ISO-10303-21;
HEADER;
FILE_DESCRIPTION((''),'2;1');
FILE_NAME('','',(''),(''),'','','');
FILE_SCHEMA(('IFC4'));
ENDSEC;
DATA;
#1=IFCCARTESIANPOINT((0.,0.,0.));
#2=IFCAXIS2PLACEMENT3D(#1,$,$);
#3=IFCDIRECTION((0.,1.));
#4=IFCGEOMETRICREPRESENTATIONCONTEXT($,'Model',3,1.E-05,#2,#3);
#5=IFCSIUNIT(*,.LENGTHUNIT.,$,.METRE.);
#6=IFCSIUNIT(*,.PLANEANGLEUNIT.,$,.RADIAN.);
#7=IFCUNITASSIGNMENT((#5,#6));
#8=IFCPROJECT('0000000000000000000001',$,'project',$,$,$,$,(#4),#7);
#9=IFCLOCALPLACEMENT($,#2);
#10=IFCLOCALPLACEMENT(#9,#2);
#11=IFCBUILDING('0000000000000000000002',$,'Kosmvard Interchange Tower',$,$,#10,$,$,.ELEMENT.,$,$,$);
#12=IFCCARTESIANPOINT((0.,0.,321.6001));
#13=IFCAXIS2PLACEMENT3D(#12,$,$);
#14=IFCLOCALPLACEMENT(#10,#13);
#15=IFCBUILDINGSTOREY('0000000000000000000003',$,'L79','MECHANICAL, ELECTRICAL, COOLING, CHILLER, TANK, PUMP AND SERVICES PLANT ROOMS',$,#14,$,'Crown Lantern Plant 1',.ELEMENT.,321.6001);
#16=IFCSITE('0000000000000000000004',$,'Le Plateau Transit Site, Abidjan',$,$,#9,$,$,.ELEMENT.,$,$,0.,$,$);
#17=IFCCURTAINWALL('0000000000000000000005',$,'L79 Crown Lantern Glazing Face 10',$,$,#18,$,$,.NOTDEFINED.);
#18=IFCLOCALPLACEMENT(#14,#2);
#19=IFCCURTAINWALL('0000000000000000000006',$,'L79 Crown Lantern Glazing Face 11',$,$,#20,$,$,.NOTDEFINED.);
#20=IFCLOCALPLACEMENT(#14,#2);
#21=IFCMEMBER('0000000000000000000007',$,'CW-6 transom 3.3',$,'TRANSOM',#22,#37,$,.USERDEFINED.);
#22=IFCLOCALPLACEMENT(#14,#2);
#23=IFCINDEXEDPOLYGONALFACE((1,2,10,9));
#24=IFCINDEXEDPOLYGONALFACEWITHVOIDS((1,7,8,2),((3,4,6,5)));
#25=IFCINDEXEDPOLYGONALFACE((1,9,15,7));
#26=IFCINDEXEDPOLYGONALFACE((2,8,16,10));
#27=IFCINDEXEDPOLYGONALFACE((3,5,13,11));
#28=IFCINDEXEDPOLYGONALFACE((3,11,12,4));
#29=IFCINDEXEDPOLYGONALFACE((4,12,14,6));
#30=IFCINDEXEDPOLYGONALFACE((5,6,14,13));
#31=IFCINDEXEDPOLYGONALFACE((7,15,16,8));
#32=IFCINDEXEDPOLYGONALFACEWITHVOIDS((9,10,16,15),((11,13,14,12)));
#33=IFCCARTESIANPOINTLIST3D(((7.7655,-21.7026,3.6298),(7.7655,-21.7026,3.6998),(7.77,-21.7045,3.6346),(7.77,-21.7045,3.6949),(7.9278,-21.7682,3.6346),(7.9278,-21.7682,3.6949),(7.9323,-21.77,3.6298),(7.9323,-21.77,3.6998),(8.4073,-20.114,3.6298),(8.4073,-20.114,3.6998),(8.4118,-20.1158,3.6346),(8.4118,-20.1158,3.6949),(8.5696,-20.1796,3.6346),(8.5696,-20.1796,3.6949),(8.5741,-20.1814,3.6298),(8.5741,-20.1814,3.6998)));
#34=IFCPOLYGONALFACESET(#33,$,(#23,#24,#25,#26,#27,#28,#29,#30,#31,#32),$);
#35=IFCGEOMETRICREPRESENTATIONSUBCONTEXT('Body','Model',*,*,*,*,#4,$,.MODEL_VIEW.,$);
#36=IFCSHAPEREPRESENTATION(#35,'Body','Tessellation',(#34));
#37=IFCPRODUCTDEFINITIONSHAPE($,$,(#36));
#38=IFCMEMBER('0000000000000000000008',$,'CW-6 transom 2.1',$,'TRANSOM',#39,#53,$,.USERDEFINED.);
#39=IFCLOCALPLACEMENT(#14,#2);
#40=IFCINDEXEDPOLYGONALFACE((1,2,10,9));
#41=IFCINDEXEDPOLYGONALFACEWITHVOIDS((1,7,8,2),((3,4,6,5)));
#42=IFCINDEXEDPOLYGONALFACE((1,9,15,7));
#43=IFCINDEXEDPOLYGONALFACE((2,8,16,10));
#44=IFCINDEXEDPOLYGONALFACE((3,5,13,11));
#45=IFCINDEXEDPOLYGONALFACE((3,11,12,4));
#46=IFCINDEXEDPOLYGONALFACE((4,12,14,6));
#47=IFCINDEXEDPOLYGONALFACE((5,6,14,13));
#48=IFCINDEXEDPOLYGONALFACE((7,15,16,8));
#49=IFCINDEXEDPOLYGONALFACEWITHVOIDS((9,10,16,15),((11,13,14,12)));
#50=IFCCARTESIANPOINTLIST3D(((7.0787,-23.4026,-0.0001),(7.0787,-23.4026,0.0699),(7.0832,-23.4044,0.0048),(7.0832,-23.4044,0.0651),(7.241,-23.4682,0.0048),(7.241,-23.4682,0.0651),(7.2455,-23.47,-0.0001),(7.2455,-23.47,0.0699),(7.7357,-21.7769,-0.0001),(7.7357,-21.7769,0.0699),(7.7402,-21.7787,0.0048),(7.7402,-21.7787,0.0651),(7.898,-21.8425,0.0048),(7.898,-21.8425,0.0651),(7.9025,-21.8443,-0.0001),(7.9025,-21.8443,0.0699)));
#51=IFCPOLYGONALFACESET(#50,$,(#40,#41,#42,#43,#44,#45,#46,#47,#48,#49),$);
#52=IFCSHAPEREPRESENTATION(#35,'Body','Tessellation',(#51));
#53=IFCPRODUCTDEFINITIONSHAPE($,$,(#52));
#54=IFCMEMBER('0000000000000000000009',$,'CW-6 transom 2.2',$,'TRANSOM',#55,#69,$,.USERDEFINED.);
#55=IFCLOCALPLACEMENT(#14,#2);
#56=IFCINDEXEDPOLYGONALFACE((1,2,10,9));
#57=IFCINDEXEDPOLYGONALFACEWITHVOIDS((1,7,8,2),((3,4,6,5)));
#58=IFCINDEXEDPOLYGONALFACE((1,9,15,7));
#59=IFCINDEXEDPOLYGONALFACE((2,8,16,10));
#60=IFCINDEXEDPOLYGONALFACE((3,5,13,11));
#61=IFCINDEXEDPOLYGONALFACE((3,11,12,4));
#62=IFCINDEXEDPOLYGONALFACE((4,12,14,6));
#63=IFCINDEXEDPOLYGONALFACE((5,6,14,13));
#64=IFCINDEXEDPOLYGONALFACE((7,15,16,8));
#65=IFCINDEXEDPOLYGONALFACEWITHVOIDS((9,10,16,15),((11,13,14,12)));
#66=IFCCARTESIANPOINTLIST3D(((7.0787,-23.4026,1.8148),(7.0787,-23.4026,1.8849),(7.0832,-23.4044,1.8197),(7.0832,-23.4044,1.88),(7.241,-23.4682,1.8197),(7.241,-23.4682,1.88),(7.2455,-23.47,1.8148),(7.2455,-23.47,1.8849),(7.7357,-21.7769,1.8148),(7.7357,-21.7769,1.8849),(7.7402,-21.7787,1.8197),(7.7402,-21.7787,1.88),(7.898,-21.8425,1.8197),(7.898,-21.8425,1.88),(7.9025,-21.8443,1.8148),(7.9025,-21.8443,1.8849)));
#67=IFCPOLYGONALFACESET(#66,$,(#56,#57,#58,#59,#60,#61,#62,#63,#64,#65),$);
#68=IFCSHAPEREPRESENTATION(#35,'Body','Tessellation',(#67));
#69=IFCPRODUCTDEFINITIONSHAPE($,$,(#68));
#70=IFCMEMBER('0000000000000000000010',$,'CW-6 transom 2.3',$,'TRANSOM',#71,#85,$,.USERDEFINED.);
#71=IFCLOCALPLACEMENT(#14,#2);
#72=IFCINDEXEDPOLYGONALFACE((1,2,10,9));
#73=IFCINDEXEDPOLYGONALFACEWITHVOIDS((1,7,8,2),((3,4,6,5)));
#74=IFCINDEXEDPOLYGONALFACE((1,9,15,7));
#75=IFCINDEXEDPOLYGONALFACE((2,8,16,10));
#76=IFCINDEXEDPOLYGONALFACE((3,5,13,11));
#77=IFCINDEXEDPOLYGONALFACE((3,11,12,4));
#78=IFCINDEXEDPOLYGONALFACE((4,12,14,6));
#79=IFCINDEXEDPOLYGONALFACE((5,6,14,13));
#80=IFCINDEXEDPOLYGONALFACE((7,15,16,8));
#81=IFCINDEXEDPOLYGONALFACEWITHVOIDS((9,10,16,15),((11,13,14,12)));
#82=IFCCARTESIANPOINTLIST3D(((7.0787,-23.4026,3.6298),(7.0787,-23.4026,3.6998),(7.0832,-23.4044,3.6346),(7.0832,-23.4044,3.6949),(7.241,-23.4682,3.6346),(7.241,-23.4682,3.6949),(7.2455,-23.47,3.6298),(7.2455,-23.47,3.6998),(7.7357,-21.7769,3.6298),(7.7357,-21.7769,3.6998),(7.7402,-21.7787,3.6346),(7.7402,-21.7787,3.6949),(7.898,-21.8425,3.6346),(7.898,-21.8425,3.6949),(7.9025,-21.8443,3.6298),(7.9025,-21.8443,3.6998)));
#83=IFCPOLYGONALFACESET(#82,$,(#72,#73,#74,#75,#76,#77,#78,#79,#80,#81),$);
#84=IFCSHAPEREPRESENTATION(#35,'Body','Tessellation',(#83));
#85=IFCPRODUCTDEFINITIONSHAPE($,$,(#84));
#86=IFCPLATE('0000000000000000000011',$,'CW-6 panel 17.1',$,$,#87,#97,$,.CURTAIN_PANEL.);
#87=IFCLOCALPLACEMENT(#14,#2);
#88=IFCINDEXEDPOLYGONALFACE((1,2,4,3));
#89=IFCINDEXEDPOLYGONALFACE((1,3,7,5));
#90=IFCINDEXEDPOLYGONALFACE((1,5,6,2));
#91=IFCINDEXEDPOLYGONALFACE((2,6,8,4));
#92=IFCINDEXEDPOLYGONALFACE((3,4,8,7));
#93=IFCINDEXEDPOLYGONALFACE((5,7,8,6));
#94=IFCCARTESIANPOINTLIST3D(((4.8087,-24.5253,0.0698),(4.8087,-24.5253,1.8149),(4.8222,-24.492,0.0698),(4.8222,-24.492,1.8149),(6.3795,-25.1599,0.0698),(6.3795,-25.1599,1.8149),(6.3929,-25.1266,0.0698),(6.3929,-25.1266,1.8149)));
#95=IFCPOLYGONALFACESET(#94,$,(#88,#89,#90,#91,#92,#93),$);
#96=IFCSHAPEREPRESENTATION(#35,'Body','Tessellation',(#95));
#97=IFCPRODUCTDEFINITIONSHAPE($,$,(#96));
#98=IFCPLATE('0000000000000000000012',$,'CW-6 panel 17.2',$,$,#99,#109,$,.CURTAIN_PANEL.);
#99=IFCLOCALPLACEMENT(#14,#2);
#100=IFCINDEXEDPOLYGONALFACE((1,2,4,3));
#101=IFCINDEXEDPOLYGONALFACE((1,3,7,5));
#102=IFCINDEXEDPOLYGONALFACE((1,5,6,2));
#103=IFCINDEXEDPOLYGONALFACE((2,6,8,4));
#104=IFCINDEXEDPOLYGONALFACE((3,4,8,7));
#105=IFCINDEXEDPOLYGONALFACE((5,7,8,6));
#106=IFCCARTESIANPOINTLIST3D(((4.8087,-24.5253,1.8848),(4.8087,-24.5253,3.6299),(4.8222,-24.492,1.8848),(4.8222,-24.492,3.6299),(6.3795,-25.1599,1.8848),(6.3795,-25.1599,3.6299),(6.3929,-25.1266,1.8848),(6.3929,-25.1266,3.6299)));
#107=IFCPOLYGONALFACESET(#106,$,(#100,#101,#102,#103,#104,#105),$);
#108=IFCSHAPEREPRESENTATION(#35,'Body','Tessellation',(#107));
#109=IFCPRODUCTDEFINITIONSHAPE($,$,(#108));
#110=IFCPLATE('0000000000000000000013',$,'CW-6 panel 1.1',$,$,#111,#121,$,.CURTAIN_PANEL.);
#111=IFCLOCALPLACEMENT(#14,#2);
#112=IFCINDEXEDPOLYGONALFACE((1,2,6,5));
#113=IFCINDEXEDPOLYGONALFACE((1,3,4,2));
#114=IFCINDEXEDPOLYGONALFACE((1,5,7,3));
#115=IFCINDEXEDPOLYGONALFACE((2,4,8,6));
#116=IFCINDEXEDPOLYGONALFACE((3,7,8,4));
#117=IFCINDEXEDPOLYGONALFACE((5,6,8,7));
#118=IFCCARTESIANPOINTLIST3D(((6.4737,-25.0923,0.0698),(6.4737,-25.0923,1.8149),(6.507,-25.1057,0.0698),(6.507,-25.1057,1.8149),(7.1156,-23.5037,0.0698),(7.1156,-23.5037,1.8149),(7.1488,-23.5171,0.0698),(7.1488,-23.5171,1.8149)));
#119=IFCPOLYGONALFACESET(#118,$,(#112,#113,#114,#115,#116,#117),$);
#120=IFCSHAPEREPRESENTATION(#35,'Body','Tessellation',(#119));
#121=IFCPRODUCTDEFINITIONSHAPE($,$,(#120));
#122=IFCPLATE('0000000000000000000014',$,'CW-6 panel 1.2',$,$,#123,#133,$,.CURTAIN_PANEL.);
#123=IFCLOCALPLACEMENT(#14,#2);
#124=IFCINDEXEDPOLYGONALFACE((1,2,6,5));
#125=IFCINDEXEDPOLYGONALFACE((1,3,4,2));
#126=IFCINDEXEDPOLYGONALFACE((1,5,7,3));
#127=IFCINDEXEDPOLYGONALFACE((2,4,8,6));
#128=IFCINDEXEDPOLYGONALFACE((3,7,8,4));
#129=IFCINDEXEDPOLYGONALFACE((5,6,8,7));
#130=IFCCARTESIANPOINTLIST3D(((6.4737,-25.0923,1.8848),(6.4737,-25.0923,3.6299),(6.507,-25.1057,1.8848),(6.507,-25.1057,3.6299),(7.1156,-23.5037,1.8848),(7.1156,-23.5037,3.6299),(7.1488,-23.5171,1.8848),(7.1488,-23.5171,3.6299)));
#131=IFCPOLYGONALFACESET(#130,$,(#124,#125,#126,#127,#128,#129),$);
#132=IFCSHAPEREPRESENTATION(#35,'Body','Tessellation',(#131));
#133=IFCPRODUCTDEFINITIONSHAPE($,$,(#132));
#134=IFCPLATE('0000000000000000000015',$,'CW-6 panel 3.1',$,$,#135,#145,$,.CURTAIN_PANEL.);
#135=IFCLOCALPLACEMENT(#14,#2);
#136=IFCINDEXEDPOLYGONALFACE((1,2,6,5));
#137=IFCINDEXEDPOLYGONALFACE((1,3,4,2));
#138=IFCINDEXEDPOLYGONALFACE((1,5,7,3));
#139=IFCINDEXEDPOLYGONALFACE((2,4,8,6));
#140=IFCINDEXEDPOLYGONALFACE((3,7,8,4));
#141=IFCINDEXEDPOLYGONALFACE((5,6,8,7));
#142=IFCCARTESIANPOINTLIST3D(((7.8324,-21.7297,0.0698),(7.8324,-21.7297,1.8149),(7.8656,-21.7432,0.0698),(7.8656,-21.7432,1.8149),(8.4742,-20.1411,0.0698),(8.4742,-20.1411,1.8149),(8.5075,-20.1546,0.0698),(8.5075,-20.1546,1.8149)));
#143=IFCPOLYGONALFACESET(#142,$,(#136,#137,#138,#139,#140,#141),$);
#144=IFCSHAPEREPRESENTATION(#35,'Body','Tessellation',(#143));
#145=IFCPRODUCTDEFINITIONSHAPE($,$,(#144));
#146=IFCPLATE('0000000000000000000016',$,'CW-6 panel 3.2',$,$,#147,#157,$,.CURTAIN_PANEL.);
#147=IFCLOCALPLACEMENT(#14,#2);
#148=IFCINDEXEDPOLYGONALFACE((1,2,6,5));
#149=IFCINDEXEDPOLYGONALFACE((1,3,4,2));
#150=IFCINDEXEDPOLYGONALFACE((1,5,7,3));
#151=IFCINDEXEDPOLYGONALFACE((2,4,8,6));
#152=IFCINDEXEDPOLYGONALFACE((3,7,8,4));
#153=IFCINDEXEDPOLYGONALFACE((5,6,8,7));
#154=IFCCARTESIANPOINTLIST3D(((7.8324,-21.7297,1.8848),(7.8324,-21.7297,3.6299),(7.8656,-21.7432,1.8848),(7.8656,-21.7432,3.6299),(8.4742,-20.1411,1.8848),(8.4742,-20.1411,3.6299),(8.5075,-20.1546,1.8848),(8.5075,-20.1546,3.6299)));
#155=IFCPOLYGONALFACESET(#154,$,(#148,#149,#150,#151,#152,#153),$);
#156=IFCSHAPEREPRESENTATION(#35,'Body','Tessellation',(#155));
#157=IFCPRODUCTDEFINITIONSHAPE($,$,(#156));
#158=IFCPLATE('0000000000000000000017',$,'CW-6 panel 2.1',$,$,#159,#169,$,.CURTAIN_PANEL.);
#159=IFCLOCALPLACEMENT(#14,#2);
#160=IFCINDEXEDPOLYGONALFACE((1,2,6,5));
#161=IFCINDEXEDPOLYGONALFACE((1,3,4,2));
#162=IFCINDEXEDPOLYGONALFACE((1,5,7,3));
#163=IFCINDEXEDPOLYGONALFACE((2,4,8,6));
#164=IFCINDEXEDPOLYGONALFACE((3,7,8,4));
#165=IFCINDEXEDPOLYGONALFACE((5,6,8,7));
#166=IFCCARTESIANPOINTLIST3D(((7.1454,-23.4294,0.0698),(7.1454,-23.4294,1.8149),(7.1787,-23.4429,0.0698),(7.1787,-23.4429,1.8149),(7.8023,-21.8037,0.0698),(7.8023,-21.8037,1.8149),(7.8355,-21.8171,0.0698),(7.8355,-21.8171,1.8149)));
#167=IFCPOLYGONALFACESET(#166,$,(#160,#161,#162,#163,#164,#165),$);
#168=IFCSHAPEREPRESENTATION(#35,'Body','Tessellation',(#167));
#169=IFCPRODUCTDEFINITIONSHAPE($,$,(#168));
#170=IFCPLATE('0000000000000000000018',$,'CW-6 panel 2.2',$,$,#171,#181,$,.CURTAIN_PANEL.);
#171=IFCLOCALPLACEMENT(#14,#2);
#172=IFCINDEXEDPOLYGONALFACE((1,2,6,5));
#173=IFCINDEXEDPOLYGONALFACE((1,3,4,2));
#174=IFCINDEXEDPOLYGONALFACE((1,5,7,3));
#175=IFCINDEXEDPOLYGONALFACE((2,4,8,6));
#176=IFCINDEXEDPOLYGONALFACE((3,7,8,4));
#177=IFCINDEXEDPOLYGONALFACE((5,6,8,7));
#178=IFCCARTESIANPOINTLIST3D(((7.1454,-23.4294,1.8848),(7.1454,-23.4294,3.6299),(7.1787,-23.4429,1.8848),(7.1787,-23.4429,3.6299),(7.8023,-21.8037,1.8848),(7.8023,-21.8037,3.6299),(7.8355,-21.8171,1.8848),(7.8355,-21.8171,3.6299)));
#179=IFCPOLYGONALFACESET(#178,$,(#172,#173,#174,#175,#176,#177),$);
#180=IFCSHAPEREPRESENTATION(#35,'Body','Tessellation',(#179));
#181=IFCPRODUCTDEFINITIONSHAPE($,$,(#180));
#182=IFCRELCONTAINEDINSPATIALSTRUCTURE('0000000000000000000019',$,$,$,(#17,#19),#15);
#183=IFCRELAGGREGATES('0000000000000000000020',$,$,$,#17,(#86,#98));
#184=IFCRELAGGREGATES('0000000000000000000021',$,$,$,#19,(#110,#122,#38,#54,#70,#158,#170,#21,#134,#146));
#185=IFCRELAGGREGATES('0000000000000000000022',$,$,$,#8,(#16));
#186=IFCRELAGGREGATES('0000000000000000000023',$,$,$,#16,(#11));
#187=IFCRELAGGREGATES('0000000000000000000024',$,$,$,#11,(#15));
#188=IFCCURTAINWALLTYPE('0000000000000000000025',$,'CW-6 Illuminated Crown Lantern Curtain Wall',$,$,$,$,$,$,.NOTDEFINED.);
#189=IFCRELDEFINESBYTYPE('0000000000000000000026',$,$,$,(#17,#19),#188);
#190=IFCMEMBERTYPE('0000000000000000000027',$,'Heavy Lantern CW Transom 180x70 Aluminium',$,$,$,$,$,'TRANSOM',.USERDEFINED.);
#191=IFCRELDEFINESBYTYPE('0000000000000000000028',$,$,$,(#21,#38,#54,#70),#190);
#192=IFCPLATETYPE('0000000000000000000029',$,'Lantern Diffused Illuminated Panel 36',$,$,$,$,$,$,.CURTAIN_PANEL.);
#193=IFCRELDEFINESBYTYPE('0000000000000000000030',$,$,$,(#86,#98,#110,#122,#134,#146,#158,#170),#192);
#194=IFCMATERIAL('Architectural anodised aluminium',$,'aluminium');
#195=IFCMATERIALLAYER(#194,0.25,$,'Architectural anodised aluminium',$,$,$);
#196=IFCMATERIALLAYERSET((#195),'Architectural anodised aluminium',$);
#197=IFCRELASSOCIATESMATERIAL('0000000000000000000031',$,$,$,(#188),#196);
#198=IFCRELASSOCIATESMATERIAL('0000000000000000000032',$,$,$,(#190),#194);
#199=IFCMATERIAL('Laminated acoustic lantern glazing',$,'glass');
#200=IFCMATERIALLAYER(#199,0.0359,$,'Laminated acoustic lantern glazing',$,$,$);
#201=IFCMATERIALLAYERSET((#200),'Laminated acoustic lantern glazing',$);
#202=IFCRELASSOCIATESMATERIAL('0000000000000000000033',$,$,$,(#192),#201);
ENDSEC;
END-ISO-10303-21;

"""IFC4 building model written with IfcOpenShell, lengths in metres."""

from ifc_helpers import new_model, si_unit, direction, frame, origin, origin_2d, place, context, subcontext, project, spatial, rectangle, hollow_rectangle, extrude, source, transform, mapped, material, layer, layer_set, material_profile, profile_set, type_object, element, aggregate, save


model = new_model("IFC4")

# Units and contexts
model_context = context("Model", 3, precision=1e-05, world=origin(), true_north=direction((0.0, 1.0)))
body_context = subcontext(model_context, "Body", "Model", "MODEL_VIEW")
ifc_project = project(units=[si_unit("LENGTHUNIT", "METRE"), si_unit("PLANEANGLEUNIT", "RADIAN")], contexts=[model_context])

# Site, building, storey
site_placement = place(None, origin())
site = spatial("IfcSite", under=ifc_project, at=site_placement, Name="Le Plateau Transit Site, Abidjan", CompositionType="ELEMENT", RefElevation=0.0)
building_placement = place(site_placement, origin())
building = spatial("IfcBuilding", under=site, at=building_placement, Name="Kosmvard Interchange Tower", CompositionType="ELEMENT")
storey_placement = place(building_placement, frame((0.0, 0.0, 321.6001)))
storey = spatial("IfcBuildingStorey", under=building, at=storey_placement, Name="L79", Description="MECHANICAL, ELECTRICAL, COOLING, CHILLER, TANK, PUMP AND SERVICES PLANT ROOMS", LongName="Crown Lantern Plant 1", CompositionType="ELEMENT", Elevation=321.6001)

# Curtain wall
ifc_material_1 = material(Name="Architectural anodised aluminium", Category="aluminium")
ifc_layer_1 = layer(ifc_material_1, 0.25, Name="Architectural anodised aluminium")
ifc_layer_set_1 = layer_set([ifc_layer_1], Name="Architectural anodised aluminium")
curtain_wall_type = type_object("IfcCurtainWallType", Name="CW-6 Illuminated Crown Lantern Curtain Wall", PredefinedType="NOTDEFINED", material=ifc_layer_set_1)
curtain_wall_1_placement = place(storey_placement, origin())
curtain_wall_1 = element("IfcCurtainWall", 1, at=curtain_wall_1_placement, inside=storey, type_object=curtain_wall_type, Name="L79 Crown Lantern Glazing Face 10", PredefinedType="NOTDEFINED")

# Curtain wall, members
curtain_wall_2_placement = place(storey_placement, origin())
curtain_wall_2 = element("IfcCurtainWall", 2, at=curtain_wall_2_placement, inside=storey, type_object=curtain_wall_type, Name="L79 Crown Lantern Glazing Face 11", PredefinedType="NOTDEFINED")
ifc_material_profile_1 = material_profile(ifc_material_1, hollow_rectangle(XDim=0.1799, YDim=0.0701, WallThickness=0.0049, at=origin_2d()), Name="CWT 180x70x5")
ifc_profile_set_1 = profile_set([ifc_material_profile_1], Name="Architectural anodised aluminium")
member_type_1 = type_object("IfcMemberType", Name="Heavy Lantern CW Transom 180x70 Aluminium", ElementType="TRANSOM", PredefinedType="USERDEFINED", material=ifc_profile_set_1)
shared_shape_1 = source(origin(), body_context, "Body", "SweptSolid", [
    extrude(hollow_rectangle(XDim=0.1799, YDim=0.0701, WallThickness=0.0049, at=origin_2d()), origin(), (0.0, 0.0, 1.0), 1.7134),
])
member_1_placement = place(storey_placement, frame((7.8489, -21.7363, 3.6648), z_axis=(0.374607, 0.927184, 0.0), x_axis=(-0.927184, 0.374607, 0.0)))
member_1 = element("IfcMember", 3, at=member_1_placement, type_object=member_type_1, Name="CW-6 transom 3.3", ObjectType="TRANSOM", PredefinedType="USERDEFINED", context=body_context, shape_type="MappedRepresentation", body=[
    mapped(shared_shape_1, transform((0.0, 0.0, 0.0), scale=1.0)),
])
shared_shape_2 = source(origin(), body_context, "Body", "SweptSolid", [
    extrude(hollow_rectangle(XDim=0.1799, YDim=0.0701, WallThickness=0.0049, at=origin_2d()), origin(), (0.0, 0.0, 1.0), 1.7534),
])
member_2_placement = place(storey_placement, frame((7.1621, -23.4363, 0.0349), z_axis=(0.374677, 0.927155, 0.0), x_axis=(-0.927155, 0.374677, 0.0)))
member_2 = element("IfcMember", 4, at=member_2_placement, type_object=member_type_1, Name="CW-6 transom 2.1", ObjectType="TRANSOM", PredefinedType="USERDEFINED", context=body_context, shape_type="MappedRepresentation", body=[
    mapped(shared_shape_2, transform((0.0, 0.0, 0.0), scale=1.0)),
])
member_3_placement = place(storey_placement, frame((7.1621, -23.4363, 1.8499), z_axis=(0.374677, 0.927155, 0.0), x_axis=(-0.927155, 0.374677, 0.0)))
member_3 = element("IfcMember", 5, at=member_3_placement, type_object=member_type_1, Name="CW-6 transom 2.2", ObjectType="TRANSOM", PredefinedType="USERDEFINED", context=body_context, shape_type="MappedRepresentation", body=[
    mapped(shared_shape_2, transform((0.0, 0.0, 0.0), scale=1.0)),
])
member_4_placement = place(storey_placement, frame((7.1621, -23.4363, 3.6648), z_axis=(0.374677, 0.927155, 0.0), x_axis=(-0.927155, 0.374677, 0.0)))
member_4 = element("IfcMember", 6, at=member_4_placement, type_object=member_type_1, Name="CW-6 transom 2.3", ObjectType="TRANSOM", PredefinedType="USERDEFINED", context=body_context, shape_type="MappedRepresentation", body=[
    mapped(shared_shape_2, transform((0.0, 0.0, 0.0), scale=1.0)),
])

# Plates
ifc_material_2 = material(Name="Laminated acoustic lantern glazing", Category="glass")
ifc_layer_2 = layer(ifc_material_2, 0.0359, Name="Laminated acoustic lantern glazing")
ifc_layer_set_2 = layer_set([ifc_layer_2], Name="Laminated acoustic lantern glazing")
plate_type = type_object("IfcPlateType", Name="Lantern Diffused Illuminated Panel 36", PredefinedType="CURTAIN_PANEL", material=ifc_layer_set_2)
shared_shape_3 = source(origin(), body_context, "Body", "SweptSolid", [
    extrude(rectangle(XDim=1.6941, YDim=0.0359, at=origin_2d()), origin(), (0.0, 0.0, 1.0), 1.7451),
])
plate_1_placement = place(storey_placement, frame((5.6008, -24.8259, 0.0698), z_axis=(0.0, 0.0, 1.0), x_axis=(0.927184, -0.374607, 0.0)))
plate_1 = element("IfcPlate", 7, at=plate_1_placement, type_object=plate_type, Name="CW-6 panel 17.1", PredefinedType="CURTAIN_PANEL", context=body_context, shape_type="MappedRepresentation", body=[
    mapped(shared_shape_3, transform((0.0, 0.0, 0.0), scale=1.0)),
])
plate_2_placement = place(storey_placement, frame((5.6008, -24.8259, 1.8848), z_axis=(0.0, 0.0, 1.0), x_axis=(0.927184, -0.374607, 0.0)))
plate_2 = element("IfcPlate", 8, at=plate_2_placement, type_object=plate_type, Name="CW-6 panel 17.2", PredefinedType="CURTAIN_PANEL", context=body_context, shape_type="MappedRepresentation", body=[
    mapped(shared_shape_3, transform((0.0, 0.0, 0.0), scale=1.0)),
])
aggregate(curtain_wall_1, [plate_1, plate_2])
shared_shape_4 = source(origin(), body_context, "Body", "SweptSolid", [
    extrude(rectangle(XDim=1.7134, YDim=0.0359, at=origin_2d()), origin(), (0.0, 0.0, 1.0), 1.7451),
])
plate_3_placement = place(storey_placement, frame((6.8113, -24.3047, 0.0698), z_axis=(0.0, 0.0, 1.0), x_axis=(0.374607, 0.927184, 0.0)))
plate_3 = element("IfcPlate", 9, at=plate_3_placement, type_object=plate_type, Name="CW-6 panel 1.1", PredefinedType="CURTAIN_PANEL", context=body_context, shape_type="MappedRepresentation", body=[
    mapped(shared_shape_4, transform((0.0, 0.0, 0.0), scale=1.0)),
])
plate_4_placement = place(storey_placement, frame((6.8113, -24.3047, 1.8848), z_axis=(0.0, 0.0, 1.0), x_axis=(0.374607, 0.927184, 0.0)))
plate_4 = element("IfcPlate", 10, at=plate_4_placement, type_object=plate_type, Name="CW-6 panel 1.2", PredefinedType="CURTAIN_PANEL", context=body_context, shape_type="MappedRepresentation", body=[
    mapped(shared_shape_4, transform((0.0, 0.0, 0.0), scale=1.0)),
])
plate_5_placement = place(storey_placement, frame((8.1699, -20.9421, 0.0698), z_axis=(0.0, 0.0, 1.0), x_axis=(0.374607, 0.927184, 0.0)))
plate_5 = element("IfcPlate", 11, at=plate_5_placement, type_object=plate_type, Name="CW-6 panel 3.1", PredefinedType="CURTAIN_PANEL", context=body_context, shape_type="MappedRepresentation", body=[
    mapped(shared_shape_4, transform((0.0, 0.0, 0.0), scale=1.0)),
])
plate_6_placement = place(storey_placement, frame((8.1699, -20.9421, 1.8848), z_axis=(0.0, 0.0, 1.0), x_axis=(0.374607, 0.927184, 0.0)))
plate_6 = element("IfcPlate", 12, at=plate_6_placement, type_object=plate_type, Name="CW-6 panel 3.2", PredefinedType="CURTAIN_PANEL", context=body_context, shape_type="MappedRepresentation", body=[
    mapped(shared_shape_4, transform((0.0, 0.0, 0.0), scale=1.0)),
])
shared_shape_5 = source(origin(), body_context, "Body", "SweptSolid", [
    extrude(rectangle(XDim=1.7534, YDim=0.0359, at=origin_2d()), origin(), (0.0, 0.0, 1.0), 1.7451),
])
plate_7_placement = place(storey_placement, frame((7.4905, -22.6233, 0.0698), z_axis=(0.0, 0.0, 1.0), x_axis=(0.374607, 0.927184, 0.0)))
plate_7 = element("IfcPlate", 13, at=plate_7_placement, type_object=plate_type, Name="CW-6 panel 2.1", PredefinedType="CURTAIN_PANEL", context=body_context, shape_type="MappedRepresentation", body=[
    mapped(shared_shape_5, transform((0.0, 0.0, 0.0), scale=1.0)),
])
plate_8_placement = place(storey_placement, frame((7.4905, -22.6233, 1.8848), z_axis=(0.0, 0.0, 1.0), x_axis=(0.374607, 0.927184, 0.0)))
plate_8 = element("IfcPlate", 14, at=plate_8_placement, type_object=plate_type, Name="CW-6 panel 2.2", PredefinedType="CURTAIN_PANEL", context=body_context, shape_type="MappedRepresentation", body=[
    mapped(shared_shape_5, transform((0.0, 0.0, 0.0), scale=1.0)),
])
aggregate(curtain_wall_2, [plate_3, plate_4, member_2, member_3, member_4, plate_7, plate_8, member_1, plate_5, plate_6])

save(model, "model.ifc")
